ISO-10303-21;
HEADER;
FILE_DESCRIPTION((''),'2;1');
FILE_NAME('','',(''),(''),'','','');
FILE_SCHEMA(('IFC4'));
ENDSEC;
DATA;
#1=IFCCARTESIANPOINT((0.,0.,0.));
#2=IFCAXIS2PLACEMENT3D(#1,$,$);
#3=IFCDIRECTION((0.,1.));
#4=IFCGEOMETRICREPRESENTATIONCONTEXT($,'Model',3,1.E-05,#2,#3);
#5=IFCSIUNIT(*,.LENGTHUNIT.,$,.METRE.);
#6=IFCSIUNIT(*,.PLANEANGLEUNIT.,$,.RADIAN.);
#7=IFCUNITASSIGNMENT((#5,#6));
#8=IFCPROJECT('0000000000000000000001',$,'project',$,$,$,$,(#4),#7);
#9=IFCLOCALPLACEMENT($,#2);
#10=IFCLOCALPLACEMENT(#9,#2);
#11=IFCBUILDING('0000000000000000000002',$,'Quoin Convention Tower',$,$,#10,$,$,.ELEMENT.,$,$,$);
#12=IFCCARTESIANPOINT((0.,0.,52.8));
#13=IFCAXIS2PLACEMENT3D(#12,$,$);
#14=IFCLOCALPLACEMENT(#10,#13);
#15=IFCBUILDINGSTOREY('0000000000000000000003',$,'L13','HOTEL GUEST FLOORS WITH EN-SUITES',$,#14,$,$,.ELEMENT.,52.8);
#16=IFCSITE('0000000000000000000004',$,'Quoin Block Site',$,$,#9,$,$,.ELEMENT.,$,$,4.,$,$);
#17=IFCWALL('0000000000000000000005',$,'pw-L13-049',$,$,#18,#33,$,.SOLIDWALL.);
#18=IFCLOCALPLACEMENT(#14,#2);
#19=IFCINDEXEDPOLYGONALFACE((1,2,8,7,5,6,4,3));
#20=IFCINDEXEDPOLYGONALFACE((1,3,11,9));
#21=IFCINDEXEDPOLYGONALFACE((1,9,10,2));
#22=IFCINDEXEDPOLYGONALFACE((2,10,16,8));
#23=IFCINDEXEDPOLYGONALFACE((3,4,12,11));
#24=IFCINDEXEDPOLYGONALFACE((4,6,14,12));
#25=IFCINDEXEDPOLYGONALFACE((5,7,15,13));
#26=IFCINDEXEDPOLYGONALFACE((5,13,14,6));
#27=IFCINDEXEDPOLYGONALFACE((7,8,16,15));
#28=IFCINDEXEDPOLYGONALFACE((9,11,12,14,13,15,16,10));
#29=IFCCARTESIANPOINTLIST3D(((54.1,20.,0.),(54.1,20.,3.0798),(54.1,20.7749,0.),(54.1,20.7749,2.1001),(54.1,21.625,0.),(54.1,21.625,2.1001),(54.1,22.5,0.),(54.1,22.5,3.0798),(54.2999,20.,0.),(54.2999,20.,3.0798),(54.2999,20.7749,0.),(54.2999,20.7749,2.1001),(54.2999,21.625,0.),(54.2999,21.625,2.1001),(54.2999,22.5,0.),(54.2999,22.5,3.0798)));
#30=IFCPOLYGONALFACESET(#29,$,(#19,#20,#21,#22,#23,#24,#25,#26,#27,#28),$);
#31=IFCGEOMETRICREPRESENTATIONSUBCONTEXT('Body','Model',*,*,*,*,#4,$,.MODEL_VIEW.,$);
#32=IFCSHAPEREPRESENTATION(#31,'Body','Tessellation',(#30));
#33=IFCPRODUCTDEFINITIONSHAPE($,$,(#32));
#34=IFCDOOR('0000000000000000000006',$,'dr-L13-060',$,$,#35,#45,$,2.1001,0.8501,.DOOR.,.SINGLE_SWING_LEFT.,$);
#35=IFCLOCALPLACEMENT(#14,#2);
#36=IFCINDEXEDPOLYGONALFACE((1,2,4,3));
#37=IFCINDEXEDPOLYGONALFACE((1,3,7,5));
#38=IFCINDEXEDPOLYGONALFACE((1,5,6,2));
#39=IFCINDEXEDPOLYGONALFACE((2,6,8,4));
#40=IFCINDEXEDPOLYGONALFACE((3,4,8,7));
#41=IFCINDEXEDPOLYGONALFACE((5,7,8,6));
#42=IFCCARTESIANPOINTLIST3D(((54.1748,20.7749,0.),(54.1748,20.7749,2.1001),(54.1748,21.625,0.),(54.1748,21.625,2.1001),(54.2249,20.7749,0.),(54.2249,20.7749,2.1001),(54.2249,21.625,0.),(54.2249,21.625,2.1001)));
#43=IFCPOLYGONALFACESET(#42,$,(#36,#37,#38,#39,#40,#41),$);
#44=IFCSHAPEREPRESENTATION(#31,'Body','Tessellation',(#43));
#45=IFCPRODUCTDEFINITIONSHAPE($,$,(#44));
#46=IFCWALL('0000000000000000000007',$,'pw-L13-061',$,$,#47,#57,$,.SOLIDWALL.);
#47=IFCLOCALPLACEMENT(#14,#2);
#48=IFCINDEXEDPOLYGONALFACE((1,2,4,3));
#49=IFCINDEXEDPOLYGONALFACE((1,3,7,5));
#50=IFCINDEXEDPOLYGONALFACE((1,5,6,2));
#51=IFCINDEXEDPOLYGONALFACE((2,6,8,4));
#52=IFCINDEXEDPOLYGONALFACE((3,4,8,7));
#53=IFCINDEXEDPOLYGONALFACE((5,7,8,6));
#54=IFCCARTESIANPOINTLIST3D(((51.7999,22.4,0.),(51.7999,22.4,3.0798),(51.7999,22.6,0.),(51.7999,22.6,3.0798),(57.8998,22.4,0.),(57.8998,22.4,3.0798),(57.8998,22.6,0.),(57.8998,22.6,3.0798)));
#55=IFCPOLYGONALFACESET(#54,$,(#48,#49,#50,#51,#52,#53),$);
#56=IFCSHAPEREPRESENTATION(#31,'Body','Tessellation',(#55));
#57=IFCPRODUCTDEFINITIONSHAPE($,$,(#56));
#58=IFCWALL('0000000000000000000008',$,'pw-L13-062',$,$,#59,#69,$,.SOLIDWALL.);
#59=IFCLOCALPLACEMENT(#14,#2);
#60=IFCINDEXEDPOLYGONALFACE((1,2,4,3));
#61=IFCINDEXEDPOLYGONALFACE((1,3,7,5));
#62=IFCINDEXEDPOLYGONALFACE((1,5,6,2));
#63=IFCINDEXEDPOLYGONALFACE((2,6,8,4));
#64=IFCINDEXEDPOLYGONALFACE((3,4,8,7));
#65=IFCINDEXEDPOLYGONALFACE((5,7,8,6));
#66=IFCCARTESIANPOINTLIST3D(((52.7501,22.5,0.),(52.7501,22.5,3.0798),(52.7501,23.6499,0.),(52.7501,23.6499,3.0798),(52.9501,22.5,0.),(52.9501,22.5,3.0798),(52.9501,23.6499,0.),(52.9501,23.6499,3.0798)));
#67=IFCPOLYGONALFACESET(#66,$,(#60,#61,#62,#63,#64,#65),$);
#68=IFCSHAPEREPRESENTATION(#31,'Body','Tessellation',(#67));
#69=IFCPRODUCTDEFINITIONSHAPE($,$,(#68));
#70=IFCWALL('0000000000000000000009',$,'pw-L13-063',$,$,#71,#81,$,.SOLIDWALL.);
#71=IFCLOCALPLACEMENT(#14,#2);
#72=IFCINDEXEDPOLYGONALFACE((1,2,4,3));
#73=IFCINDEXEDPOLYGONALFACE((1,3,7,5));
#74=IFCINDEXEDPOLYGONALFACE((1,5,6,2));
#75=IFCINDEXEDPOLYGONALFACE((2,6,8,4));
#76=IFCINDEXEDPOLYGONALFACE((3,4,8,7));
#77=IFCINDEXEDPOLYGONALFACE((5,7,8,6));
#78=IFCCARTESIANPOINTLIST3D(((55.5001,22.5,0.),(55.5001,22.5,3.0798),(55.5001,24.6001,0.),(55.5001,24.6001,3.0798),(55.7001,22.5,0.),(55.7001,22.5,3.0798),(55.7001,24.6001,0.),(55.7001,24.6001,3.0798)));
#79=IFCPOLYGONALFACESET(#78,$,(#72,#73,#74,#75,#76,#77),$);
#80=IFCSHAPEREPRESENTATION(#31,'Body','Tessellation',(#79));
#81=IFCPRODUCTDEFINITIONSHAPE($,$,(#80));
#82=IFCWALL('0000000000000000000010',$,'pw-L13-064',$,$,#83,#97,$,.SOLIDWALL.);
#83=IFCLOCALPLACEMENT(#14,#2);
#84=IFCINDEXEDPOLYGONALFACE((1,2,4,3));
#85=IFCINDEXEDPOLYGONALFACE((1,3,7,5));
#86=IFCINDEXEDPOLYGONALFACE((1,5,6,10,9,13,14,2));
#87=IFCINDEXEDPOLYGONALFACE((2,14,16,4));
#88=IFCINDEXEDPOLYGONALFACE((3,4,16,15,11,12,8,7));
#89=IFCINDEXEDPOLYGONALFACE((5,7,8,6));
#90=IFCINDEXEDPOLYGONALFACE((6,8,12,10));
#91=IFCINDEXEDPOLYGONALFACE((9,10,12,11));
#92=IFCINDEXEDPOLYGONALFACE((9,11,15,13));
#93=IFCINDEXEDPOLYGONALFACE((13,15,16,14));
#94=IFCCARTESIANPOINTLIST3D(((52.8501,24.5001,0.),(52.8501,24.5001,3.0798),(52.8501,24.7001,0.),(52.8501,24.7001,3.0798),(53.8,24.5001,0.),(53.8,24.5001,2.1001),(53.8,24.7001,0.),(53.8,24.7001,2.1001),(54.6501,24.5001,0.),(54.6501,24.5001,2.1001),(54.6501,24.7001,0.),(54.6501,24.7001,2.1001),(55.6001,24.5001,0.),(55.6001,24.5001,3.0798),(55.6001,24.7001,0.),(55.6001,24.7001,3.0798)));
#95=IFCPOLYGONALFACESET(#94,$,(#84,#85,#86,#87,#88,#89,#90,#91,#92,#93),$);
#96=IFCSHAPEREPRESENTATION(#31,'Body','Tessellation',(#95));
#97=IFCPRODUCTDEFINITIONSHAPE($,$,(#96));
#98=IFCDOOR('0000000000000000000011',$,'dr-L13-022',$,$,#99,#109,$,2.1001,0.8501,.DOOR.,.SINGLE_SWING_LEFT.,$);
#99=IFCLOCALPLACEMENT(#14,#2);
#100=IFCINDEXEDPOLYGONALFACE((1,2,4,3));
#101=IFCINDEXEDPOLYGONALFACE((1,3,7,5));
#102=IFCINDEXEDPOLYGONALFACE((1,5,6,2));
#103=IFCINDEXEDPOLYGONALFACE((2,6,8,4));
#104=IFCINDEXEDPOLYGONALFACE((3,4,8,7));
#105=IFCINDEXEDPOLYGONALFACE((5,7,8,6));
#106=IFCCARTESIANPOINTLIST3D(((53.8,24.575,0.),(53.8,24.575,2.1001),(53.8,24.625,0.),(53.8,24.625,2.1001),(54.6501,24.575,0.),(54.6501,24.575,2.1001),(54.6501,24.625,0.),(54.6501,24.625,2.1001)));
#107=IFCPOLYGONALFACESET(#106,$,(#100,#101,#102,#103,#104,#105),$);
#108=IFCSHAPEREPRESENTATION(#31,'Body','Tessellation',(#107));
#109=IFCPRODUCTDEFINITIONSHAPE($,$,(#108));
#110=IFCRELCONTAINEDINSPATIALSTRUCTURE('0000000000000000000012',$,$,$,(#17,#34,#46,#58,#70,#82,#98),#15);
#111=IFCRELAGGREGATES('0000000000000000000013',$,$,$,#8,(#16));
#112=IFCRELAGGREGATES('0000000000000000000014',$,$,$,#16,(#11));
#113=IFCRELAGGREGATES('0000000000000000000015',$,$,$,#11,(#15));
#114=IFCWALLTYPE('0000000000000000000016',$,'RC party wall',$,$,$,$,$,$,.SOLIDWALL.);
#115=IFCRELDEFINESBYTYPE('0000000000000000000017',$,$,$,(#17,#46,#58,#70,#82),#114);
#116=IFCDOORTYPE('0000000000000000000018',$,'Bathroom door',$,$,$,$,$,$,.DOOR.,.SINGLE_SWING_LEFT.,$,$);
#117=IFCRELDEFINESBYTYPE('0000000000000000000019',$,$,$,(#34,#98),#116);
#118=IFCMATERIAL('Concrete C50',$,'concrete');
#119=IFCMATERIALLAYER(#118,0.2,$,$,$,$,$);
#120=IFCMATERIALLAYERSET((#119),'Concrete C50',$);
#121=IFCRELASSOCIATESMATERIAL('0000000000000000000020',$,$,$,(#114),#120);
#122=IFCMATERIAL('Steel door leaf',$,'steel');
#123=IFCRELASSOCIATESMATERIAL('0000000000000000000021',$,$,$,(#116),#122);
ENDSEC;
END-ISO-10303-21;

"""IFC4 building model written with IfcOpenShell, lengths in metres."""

from ifc_helpers import new_model, si_unit, direction, frame, frame_2d, origin, place, context, subcontext, project, spatial, rectangle, extrude, material, layer, layer_set, type_object, element, fill, save


model = new_model("IFC4")

# Units and contexts
model_context = context("Model", 3, precision=1e-05, world=origin(), true_north=direction((0.0, 1.0)))
body_context = subcontext(model_context, "Body", "Model", "MODEL_VIEW")
ifc_project = project(units=[si_unit("LENGTHUNIT", "METRE"), si_unit("PLANEANGLEUNIT", "RADIAN")], contexts=[model_context])

# Site, building, storey
site_placement = place(None, origin())
site = spatial("IfcSite", under=ifc_project, at=site_placement, Name="Quoin Block Site", CompositionType="ELEMENT", RefElevation=4.0)
building_placement = place(site_placement, origin())
building = spatial("IfcBuilding", under=site, at=building_placement, Name="Quoin Convention Tower", CompositionType="ELEMENT")
storey_placement = place(building_placement, frame((0.0, 0.0, 52.8)))
storey = spatial("IfcBuildingStorey", under=building, at=storey_placement, Name="L13", Description="HOTEL GUEST FLOORS WITH EN-SUITES", CompositionType="ELEMENT", Elevation=52.8)

# Shared definitions
ifc_material_1 = material(Name="Concrete C50", Category="concrete")
ifc_layer_1 = layer(ifc_material_1, 0.2)
ifc_layer_set_1 = layer_set([ifc_layer_1], Name="Concrete C50")
wall_type_1 = type_object("IfcWallType", Name="RC party wall", PredefinedType="SOLIDWALL", material=ifc_layer_set_1)

# Wall, opening, door
wall_1_placement = place(storey_placement, frame((54.2, 20.0, 0.0), z_axis=(0.0, 0.0, 1.0), x_axis=(0.0, 1.0, 0.0)))
wall_1 = element("IfcWall", 1, at=wall_1_placement, inside=storey, type_object=wall_type_1, Name="pw-L13-049", PredefinedType="SOLIDWALL", context=body_context, shape_type="SweptSolid", body=[
    extrude(rectangle(XDim=2.5, YDim=0.2, at=frame_2d((1.25, 0.0))), origin(), (0.0, 0.0, 1.0), 3.0798),
])
opening_1_placement = place(wall_1_placement, frame((0.7749, 0.0, 0.0)))
opening_1 = element("IfcOpeningElement", 2, at=opening_1_placement, cuts=wall_1, PredefinedType="OPENING", context=body_context, shape_type="SweptSolid", body=[
    extrude(rectangle(XDim=0.8501, YDim=2.1001, at=frame_2d((0.425, 1.05))), frame((0.0, 0.1099, 0.0), z_axis=(0.0, -1.0, 0.0), x_axis=(1.0, 0.0, 0.0)), (0.0, 0.0, 1.0), 0.22),
])
ifc_material_2 = material(Name="Steel door leaf", Category="steel")
door_type_1 = type_object("IfcDoorType", Name="Bathroom door", OperationType="SINGLE_SWING_LEFT", PredefinedType="DOOR", material=ifc_material_2)
door_1_placement = place(opening_1_placement, frame((0.8501, 0.0, 0.0), z_axis=(0.0, 0.0, 1.0), x_axis=(-1.0, 0.0, 0.0)))
door_1 = element("IfcDoor", 3, at=door_1_placement, inside=storey, type_object=door_type_1, Name="dr-L13-060", OperationType="SINGLE_SWING_LEFT", OverallHeight=2.1001, OverallWidth=0.8501, PredefinedType="DOOR", context=body_context, shape_type="SweptSolid", body=[
    extrude(rectangle(XDim=0.8501, YDim=2.1001, at=frame_2d((0.425, 1.05))), frame((0.0, 0.0249, 0.0), z_axis=(0.0, -1.0, 0.0), x_axis=(1.0, 0.0, 0.0)), (0.0, 0.0, 1.0), 0.05),
])
fill(opening_1, door_1)

# Walls
wall_2_placement = place(storey_placement, frame((51.8, 22.5, 0.0), z_axis=(0.0, 0.0, 1.0), x_axis=(1.0, 0.0, 0.0)))
element("IfcWall", 4, at=wall_2_placement, inside=storey, type_object=wall_type_1, Name="pw-L13-061", PredefinedType="SOLIDWALL", context=body_context, shape_type="SweptSolid", body=[
    extrude(rectangle(XDim=6.0999, YDim=0.2, at=frame_2d((3.0498, 0.0))), origin(), (0.0, 0.0, 1.0), 3.0798),
])
wall_3_placement = place(storey_placement, frame((52.8501, 22.5, 0.0), z_axis=(0.0, 0.0, 1.0), x_axis=(0.0, 1.0, 0.0)))
element("IfcWall", 5, at=wall_3_placement, inside=storey, type_object=wall_type_1, Name="pw-L13-062", PredefinedType="SOLIDWALL", context=body_context, shape_type="SweptSolid", body=[
    extrude(rectangle(XDim=1.1499, YDim=0.2, at=frame_2d((0.575, 0.0))), origin(), (0.0, 0.0, 1.0), 3.0798),
])
wall_4_placement = place(storey_placement, frame((55.6001, 22.5, 0.0), z_axis=(0.0, 0.0, 1.0), x_axis=(0.0, 1.0, 0.0)))
element("IfcWall", 6, at=wall_4_placement, inside=storey, type_object=wall_type_1, Name="pw-L13-063", PredefinedType="SOLIDWALL", context=body_context, shape_type="SweptSolid", body=[
    extrude(rectangle(XDim=2.1001, YDim=0.2, at=frame_2d((1.05, 0.0))), origin(), (0.0, 0.0, 1.0), 3.0798),
])

# Wall, opening, door
wall_5_placement = place(storey_placement, frame((52.8501, 24.6001, 0.0), z_axis=(0.0, 0.0, 1.0), x_axis=(1.0, 0.0, 0.0)))
wall_5 = element("IfcWall", 7, at=wall_5_placement, inside=storey, type_object=wall_type_1, Name="pw-L13-064", PredefinedType="SOLIDWALL", context=body_context, shape_type="SweptSolid", body=[
    extrude(rectangle(XDim=2.75, YDim=0.2, at=frame_2d((1.375, 0.0))), origin(), (0.0, 0.0, 1.0), 3.0798),
])
opening_2_placement = place(wall_5_placement, frame((0.95, 0.0, 0.0)))
opening_2 = element("IfcOpeningElement", 8, at=opening_2_placement, cuts=wall_5, PredefinedType="OPENING", context=body_context, shape_type="SweptSolid", body=[
    extrude(rectangle(XDim=0.8501, YDim=2.1001, at=frame_2d((0.425, 1.05))), frame((0.0, 0.1099, 0.0), z_axis=(0.0, -1.0, 0.0), x_axis=(1.0, 0.0, 0.0)), (0.0, 0.0, 1.0), 0.22),
])
door_2_placement = place(opening_2_placement, origin())
door_2 = element("IfcDoor", 9, at=door_2_placement, inside=storey, type_object=door_type_1, Name="dr-L13-022", OperationType="SINGLE_SWING_LEFT", OverallHeight=2.1001, OverallWidth=0.8501, PredefinedType="DOOR", context=body_context, shape_type="SweptSolid", body=[
    extrude(rectangle(XDim=0.8501, YDim=2.1001, at=frame_2d((0.425, 1.05))), frame((0.0, 0.0249, 0.0), z_axis=(0.0, -1.0, 0.0), x_axis=(1.0, 0.0, 0.0)), (0.0, 0.0, 1.0), 0.05),
])
fill(opening_2, door_2)

save(model, "model.ifc")
